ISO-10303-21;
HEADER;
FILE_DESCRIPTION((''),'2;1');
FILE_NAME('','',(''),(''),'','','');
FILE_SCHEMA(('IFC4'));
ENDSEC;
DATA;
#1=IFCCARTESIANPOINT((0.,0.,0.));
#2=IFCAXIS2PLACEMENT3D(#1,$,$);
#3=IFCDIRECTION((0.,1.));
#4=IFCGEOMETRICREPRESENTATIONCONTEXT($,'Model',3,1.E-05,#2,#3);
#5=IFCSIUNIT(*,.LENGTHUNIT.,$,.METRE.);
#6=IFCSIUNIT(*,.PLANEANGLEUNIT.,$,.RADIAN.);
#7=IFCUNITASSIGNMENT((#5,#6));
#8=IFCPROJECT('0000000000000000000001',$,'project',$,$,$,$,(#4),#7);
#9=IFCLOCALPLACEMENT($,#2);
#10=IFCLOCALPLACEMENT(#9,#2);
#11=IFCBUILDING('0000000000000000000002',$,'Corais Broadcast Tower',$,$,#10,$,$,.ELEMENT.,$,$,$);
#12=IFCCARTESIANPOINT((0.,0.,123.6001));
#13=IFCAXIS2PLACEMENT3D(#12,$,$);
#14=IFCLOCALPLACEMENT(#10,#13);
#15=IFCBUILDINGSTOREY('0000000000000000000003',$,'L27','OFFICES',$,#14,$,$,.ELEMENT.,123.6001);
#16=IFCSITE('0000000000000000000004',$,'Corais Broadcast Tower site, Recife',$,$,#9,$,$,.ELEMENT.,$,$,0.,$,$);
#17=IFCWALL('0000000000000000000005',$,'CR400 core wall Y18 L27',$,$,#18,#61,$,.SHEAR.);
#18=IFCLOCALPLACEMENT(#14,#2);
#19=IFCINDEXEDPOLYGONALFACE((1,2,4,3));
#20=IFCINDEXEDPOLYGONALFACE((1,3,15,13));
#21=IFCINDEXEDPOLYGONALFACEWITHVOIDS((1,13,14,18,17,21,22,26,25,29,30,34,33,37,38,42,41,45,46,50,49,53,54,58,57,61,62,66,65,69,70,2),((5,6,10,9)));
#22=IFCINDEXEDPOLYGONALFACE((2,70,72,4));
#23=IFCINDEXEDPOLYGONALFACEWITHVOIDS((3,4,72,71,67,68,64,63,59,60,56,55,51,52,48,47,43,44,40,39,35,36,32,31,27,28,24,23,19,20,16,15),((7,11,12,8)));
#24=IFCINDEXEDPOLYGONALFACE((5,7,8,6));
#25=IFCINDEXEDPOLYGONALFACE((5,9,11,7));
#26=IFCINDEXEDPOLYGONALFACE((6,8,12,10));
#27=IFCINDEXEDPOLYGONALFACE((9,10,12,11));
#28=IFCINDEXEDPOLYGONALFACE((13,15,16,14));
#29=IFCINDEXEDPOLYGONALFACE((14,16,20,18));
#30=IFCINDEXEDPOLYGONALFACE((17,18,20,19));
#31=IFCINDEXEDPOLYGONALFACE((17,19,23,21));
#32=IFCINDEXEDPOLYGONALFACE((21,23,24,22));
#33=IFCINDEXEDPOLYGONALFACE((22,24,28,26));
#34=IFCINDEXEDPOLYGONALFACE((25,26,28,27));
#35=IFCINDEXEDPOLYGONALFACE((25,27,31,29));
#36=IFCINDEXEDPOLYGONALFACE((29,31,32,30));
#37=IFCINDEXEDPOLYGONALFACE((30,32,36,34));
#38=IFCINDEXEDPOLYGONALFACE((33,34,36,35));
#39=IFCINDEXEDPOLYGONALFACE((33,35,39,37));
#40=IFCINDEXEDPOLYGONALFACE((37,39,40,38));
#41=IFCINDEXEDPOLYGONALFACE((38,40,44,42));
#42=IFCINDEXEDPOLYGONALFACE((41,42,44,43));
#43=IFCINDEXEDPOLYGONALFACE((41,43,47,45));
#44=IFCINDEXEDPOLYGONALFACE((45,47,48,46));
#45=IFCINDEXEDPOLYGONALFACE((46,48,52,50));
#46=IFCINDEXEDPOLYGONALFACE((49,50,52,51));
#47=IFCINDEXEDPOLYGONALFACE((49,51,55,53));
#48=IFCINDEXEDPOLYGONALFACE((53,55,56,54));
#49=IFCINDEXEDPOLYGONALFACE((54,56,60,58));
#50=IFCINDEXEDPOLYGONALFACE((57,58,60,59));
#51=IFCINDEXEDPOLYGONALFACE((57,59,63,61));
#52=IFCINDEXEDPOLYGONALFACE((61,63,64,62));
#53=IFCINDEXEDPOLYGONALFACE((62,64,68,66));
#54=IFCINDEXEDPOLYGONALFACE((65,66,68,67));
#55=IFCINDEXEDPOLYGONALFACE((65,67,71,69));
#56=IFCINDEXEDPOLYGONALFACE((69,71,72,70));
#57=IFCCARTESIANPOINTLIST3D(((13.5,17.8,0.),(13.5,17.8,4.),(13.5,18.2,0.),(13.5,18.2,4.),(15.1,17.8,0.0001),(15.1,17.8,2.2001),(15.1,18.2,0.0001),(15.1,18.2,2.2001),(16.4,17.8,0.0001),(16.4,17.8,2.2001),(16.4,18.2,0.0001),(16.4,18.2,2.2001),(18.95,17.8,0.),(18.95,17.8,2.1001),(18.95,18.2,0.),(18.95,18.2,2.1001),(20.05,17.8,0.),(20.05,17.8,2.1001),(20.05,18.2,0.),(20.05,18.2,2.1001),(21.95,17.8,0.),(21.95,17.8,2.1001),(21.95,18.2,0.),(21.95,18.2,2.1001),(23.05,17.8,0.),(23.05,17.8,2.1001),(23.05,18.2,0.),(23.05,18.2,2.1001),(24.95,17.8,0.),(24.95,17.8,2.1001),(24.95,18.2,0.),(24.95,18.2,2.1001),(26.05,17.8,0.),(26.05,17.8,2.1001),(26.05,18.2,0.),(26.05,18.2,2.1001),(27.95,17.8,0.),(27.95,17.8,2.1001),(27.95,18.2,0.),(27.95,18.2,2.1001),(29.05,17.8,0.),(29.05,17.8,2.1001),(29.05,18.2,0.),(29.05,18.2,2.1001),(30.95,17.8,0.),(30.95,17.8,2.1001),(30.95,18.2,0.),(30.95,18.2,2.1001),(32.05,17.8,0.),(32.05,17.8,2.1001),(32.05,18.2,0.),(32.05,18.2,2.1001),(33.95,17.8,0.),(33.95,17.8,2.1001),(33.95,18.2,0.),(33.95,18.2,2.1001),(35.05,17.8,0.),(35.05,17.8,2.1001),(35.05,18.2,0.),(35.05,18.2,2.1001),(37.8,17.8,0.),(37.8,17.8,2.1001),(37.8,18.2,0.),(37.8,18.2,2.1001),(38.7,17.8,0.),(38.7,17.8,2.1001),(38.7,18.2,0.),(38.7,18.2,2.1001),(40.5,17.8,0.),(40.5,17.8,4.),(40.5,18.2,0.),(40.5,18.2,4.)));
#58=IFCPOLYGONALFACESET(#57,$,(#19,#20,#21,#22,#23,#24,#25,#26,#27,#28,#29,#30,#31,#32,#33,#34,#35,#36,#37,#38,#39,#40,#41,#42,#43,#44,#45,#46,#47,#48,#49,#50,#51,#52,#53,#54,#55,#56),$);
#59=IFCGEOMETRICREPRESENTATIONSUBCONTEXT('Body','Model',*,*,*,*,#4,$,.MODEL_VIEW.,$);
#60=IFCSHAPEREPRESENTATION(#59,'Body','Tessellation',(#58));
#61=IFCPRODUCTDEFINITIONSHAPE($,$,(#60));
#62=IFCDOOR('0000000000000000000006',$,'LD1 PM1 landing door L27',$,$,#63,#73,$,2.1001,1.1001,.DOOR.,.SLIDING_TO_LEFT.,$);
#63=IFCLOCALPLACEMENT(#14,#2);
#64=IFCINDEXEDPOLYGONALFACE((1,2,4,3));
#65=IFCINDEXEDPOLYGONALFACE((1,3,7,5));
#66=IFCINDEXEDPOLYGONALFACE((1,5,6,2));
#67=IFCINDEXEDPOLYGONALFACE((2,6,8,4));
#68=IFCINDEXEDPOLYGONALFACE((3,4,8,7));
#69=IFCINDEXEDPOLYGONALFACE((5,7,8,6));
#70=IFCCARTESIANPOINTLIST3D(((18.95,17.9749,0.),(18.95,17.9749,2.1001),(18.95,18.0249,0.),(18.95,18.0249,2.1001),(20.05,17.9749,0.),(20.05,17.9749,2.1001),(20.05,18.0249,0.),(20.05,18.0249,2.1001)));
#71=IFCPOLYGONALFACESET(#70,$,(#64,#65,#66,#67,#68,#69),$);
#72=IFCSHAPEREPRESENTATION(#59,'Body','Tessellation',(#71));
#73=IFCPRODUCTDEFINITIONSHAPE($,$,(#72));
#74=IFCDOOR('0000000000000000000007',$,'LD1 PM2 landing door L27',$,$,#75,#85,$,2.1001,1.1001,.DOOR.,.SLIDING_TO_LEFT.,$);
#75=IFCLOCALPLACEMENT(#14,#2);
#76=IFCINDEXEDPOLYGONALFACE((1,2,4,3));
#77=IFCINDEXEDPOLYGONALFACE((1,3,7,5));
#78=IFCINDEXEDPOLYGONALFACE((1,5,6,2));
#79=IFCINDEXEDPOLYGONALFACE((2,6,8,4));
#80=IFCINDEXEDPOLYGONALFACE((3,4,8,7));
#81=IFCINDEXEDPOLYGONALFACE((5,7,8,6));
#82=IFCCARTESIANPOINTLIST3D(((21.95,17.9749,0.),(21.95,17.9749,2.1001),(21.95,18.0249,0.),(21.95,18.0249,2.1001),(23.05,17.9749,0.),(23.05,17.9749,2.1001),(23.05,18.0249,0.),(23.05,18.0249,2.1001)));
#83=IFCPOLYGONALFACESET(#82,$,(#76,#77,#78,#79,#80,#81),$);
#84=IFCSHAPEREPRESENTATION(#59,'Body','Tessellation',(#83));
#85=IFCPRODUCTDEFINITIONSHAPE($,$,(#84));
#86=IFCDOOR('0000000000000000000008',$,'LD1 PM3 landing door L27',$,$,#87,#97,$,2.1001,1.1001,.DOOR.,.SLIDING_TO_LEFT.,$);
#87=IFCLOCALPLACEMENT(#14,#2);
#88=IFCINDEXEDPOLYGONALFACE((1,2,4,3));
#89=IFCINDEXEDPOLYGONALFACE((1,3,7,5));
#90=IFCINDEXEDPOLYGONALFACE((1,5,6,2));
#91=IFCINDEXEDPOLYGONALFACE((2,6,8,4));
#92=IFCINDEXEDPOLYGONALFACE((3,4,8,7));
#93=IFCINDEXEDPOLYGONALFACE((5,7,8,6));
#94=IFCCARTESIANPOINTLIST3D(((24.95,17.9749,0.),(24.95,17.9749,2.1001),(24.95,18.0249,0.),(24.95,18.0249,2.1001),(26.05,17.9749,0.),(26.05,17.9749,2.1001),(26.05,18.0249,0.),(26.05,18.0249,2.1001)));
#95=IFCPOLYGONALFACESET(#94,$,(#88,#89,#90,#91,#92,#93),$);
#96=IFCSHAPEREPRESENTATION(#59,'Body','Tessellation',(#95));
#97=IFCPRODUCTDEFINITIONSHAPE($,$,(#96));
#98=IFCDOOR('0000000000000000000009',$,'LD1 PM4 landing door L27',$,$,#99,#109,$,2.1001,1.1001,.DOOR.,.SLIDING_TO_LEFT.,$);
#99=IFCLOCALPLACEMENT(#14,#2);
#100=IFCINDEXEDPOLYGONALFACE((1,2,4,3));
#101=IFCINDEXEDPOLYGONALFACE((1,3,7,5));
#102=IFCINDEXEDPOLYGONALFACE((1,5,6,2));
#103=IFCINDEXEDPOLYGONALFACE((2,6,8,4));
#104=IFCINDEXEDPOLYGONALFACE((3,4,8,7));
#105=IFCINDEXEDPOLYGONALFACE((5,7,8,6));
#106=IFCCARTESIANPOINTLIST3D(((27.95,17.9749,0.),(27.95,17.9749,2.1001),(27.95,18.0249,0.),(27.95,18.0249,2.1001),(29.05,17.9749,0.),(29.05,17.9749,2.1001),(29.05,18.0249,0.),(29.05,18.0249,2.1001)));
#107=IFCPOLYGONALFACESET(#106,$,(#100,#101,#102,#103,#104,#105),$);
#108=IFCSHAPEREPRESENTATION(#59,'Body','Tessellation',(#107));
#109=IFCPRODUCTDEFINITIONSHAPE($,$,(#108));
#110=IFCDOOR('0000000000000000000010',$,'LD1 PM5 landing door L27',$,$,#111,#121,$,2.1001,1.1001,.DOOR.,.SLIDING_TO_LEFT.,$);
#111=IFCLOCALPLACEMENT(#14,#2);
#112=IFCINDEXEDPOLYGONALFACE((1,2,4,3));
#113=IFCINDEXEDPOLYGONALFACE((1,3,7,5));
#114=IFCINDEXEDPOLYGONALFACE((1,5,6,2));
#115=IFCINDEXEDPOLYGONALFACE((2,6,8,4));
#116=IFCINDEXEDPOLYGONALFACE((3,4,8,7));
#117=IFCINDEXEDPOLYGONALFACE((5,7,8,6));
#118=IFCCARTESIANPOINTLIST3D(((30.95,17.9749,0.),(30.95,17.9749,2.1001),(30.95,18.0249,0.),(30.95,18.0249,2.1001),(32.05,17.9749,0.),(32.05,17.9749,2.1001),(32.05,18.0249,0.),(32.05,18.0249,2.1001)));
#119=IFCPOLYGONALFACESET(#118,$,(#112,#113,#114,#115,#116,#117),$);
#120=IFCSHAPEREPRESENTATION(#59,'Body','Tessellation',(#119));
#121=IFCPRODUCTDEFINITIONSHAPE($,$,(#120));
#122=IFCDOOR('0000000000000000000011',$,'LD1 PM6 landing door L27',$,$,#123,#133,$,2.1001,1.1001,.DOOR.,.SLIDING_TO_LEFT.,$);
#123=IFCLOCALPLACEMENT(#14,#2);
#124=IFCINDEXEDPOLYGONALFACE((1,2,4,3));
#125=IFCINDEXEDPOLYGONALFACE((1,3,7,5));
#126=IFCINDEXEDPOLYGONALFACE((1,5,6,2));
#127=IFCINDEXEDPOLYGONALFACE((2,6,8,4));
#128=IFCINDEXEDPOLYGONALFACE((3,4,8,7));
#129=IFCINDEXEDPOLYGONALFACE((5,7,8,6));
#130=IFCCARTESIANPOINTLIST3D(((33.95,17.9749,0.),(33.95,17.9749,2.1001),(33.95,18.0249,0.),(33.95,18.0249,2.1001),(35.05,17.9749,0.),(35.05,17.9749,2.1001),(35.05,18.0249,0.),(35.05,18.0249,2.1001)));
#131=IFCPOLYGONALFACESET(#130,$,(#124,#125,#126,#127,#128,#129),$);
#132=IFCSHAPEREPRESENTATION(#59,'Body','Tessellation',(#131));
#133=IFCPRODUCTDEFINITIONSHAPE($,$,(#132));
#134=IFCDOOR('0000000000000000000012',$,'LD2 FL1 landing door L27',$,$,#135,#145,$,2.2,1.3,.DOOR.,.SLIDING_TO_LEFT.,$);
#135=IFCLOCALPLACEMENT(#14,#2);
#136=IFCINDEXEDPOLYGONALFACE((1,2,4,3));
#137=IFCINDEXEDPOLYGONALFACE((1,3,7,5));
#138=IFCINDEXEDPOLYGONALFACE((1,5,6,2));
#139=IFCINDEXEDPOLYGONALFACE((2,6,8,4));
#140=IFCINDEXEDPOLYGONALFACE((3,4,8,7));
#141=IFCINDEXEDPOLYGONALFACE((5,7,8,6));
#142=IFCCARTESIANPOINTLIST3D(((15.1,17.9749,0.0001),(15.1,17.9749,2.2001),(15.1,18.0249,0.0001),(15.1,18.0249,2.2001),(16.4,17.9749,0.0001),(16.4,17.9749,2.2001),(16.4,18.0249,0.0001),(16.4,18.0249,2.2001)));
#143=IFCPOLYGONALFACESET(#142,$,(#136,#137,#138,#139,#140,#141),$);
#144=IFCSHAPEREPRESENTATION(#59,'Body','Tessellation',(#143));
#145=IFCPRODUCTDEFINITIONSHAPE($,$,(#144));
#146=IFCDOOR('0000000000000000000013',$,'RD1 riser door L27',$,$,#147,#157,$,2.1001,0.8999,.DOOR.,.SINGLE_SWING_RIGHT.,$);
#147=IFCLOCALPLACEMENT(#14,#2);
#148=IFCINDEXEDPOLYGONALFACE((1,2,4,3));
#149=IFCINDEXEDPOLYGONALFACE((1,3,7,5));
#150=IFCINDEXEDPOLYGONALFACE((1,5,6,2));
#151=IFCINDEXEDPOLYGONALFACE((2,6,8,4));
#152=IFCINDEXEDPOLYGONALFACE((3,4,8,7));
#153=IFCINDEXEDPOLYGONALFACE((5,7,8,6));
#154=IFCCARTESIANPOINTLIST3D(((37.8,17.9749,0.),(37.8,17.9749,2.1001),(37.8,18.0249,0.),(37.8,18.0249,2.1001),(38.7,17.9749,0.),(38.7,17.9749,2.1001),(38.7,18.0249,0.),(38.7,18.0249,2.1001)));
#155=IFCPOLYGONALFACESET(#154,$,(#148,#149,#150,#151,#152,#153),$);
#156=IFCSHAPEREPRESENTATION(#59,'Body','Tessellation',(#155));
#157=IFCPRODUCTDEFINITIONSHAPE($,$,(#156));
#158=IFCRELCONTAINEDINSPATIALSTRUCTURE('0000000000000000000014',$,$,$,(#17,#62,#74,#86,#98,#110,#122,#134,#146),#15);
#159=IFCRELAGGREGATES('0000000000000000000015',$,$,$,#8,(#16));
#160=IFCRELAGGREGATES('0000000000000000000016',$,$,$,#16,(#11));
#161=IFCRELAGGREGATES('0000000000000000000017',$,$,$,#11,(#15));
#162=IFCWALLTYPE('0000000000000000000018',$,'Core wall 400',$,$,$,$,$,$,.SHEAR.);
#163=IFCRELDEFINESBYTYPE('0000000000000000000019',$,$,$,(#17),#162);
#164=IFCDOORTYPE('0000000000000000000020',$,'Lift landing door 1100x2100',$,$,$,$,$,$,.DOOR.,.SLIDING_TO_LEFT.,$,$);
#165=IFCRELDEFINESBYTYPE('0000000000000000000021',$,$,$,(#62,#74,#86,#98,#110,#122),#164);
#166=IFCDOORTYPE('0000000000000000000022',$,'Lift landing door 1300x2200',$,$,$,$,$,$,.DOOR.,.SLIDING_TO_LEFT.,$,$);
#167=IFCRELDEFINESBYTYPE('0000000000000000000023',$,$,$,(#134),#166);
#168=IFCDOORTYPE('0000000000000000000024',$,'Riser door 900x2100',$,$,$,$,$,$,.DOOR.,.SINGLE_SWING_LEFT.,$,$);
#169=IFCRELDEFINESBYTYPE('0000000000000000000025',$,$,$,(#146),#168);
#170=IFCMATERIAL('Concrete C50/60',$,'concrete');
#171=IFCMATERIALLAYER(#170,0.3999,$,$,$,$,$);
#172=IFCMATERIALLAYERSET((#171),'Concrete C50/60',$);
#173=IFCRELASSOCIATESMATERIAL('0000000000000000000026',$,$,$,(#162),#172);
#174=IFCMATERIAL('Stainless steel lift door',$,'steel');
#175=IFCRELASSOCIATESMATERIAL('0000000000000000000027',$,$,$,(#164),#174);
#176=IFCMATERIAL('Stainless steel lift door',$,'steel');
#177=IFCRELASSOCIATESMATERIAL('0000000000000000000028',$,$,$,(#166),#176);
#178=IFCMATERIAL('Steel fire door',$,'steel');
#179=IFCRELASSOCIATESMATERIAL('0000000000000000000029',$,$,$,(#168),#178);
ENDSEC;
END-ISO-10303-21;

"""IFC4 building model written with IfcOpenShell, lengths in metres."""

from ifc_helpers import new_model, si_unit, direction, frame, frame_2d, origin, place, context, subcontext, project, spatial, rectangle, extrude, material, layer, layer_set, type_object, element, fill, save


model = new_model("IFC4")

# Units and contexts
model_context = context("Model", 3, precision=1e-05, world=origin(), true_north=direction((0.0, 1.0)))
body_context = subcontext(model_context, "Body", "Model", "MODEL_VIEW")
ifc_project = project(units=[si_unit("LENGTHUNIT", "METRE"), si_unit("PLANEANGLEUNIT", "RADIAN")], contexts=[model_context])

# Site, building, storey
site_placement = place(None, origin())
site = spatial("IfcSite", under=ifc_project, at=site_placement, Name="Corais Broadcast Tower site, Recife", CompositionType="ELEMENT", RefElevation=0.0)
building_placement = place(site_placement, origin())
building = spatial("IfcBuilding", under=site, at=building_placement, Name="Corais Broadcast Tower", CompositionType="ELEMENT")
storey_placement = place(building_placement, frame((0.0, 0.0, 123.6001)))
storey = spatial("IfcBuildingStorey", under=building, at=storey_placement, Name="L27", Description="OFFICES", CompositionType="ELEMENT", Elevation=123.6001)

# Wall, openings, doors
ifc_material_1 = material(Name="Concrete C50/60", Category="concrete")
ifc_layer_1 = layer(ifc_material_1, 0.3999)
ifc_layer_set_1 = layer_set([ifc_layer_1], Name="Concrete C50/60")
wall_type_1 = type_object("IfcWallType", Name="Core wall 400", PredefinedType="SHEAR", material=ifc_layer_set_1)
wall_1_placement = place(storey_placement, frame((13.5, 18.0, 0.0), z_axis=(0.0, 0.0, 1.0), x_axis=(1.0, 0.0, 0.0)))
wall_1 = element("IfcWall", 1, at=wall_1_placement, inside=storey, type_object=wall_type_1, Name="CR400 core wall Y18 L27", PredefinedType="SHEAR", context=body_context, shape_type="SweptSolid", body=[
    extrude(rectangle(XDim=27.0, YDim=0.3999, at=frame_2d((13.5, 0.0))), origin(), (0.0, 0.0, 1.0), 4.0),
])
opening_1_placement = place(wall_1_placement, frame((24.3, 0.0, 0.0)))
opening_1 = element("IfcOpeningElement", 2, at=opening_1_placement, cuts=wall_1, PredefinedType="OPENING", context=body_context, shape_type="SweptSolid", body=[
    extrude(rectangle(XDim=0.8999, YDim=2.1001, at=frame_2d((0.45, 1.05))), frame((0.0, 0.21, 0.0), z_axis=(0.0, -1.0, 0.0), x_axis=(1.0, 0.0, 0.0)), (0.0, 0.0, 1.0), 0.4199),
])
opening_2_placement = place(wall_1_placement, frame((5.45, 0.0, 0.0)))
opening_2 = element("IfcOpeningElement", 3, at=opening_2_placement, cuts=wall_1, PredefinedType="OPENING", context=body_context, shape_type="SweptSolid", body=[
    extrude(rectangle(XDim=1.1001, YDim=2.1001, at=frame_2d((0.55, 1.05))), frame((0.0, 0.21, 0.0), z_axis=(0.0, -1.0, 0.0), x_axis=(1.0, 0.0, 0.0)), (0.0, 0.0, 1.0), 0.4199),
])
opening_3_placement = place(wall_1_placement, frame((8.45, 0.0, 0.0)))
opening_3 = element("IfcOpeningElement", 4, at=opening_3_placement, cuts=wall_1, PredefinedType="OPENING", context=body_context, shape_type="SweptSolid", body=[
    extrude(rectangle(XDim=1.1001, YDim=2.1001, at=frame_2d((0.55, 1.05))), frame((0.0, 0.21, 0.0), z_axis=(0.0, -1.0, 0.0), x_axis=(1.0, 0.0, 0.0)), (0.0, 0.0, 1.0), 0.4199),
])
opening_4_placement = place(wall_1_placement, frame((11.45, 0.0, 0.0)))
opening_4 = element("IfcOpeningElement", 5, at=opening_4_placement, cuts=wall_1, PredefinedType="OPENING", context=body_context, shape_type="SweptSolid", body=[
    extrude(rectangle(XDim=1.1001, YDim=2.1001, at=frame_2d((0.55, 1.05))), frame((0.0, 0.21, 0.0), z_axis=(0.0, -1.0, 0.0), x_axis=(1.0, 0.0, 0.0)), (0.0, 0.0, 1.0), 0.4199),
])
opening_5_placement = place(wall_1_placement, frame((14.45, 0.0, 0.0)))
opening_5 = element("IfcOpeningElement", 6, at=opening_5_placement, cuts=wall_1, PredefinedType="OPENING", context=body_context, shape_type="SweptSolid", body=[
    extrude(rectangle(XDim=1.1001, YDim=2.1001, at=frame_2d((0.55, 1.05))), frame((0.0, 0.21, 0.0), z_axis=(0.0, -1.0, 0.0), x_axis=(1.0, 0.0, 0.0)), (0.0, 0.0, 1.0), 0.4199),
])
opening_6_placement = place(wall_1_placement, frame((17.45, 0.0, 0.0)))
opening_6 = element("IfcOpeningElement", 7, at=opening_6_placement, cuts=wall_1, PredefinedType="OPENING", context=body_context, shape_type="SweptSolid", body=[
    extrude(rectangle(XDim=1.1001, YDim=2.1001, at=frame_2d((0.55, 1.05))), frame((0.0, 0.21, 0.0), z_axis=(0.0, -1.0, 0.0), x_axis=(1.0, 0.0, 0.0)), (0.0, 0.0, 1.0), 0.4199),
])
opening_7_placement = place(wall_1_placement, frame((20.45, 0.0, 0.0)))
opening_7 = element("IfcOpeningElement", 8, at=opening_7_placement, cuts=wall_1, PredefinedType="OPENING", context=body_context, shape_type="SweptSolid", body=[
    extrude(rectangle(XDim=1.1001, YDim=2.1001, at=frame_2d((0.55, 1.05))), frame((0.0, 0.21, 0.0), z_axis=(0.0, -1.0, 0.0), x_axis=(1.0, 0.0, 0.0)), (0.0, 0.0, 1.0), 0.4199),
])
opening_8_placement = place(wall_1_placement, frame((1.6001, 0.0, 0.0)))
opening_8 = element("IfcOpeningElement", 9, at=opening_8_placement, cuts=wall_1, PredefinedType="OPENING", context=body_context, shape_type="SweptSolid", body=[
    extrude(rectangle(XDim=1.3, YDim=2.2, at=frame_2d((0.6499, 1.1001))), frame((0.0, 0.21, 0.0), z_axis=(0.0, -1.0, 0.0), x_axis=(1.0, 0.0, 0.0)), (0.0, 0.0, 1.0), 0.4199),
])
ifc_material_2 = material(Name="Stainless steel lift door", Category="steel")
door_type_1 = type_object("IfcDoorType", Name="Lift landing door 1100x2100", OperationType="SLIDING_TO_LEFT", PredefinedType="DOOR", material=ifc_material_2)
door_1_placement = place(opening_2_placement, origin())
door_1 = element("IfcDoor", 10, at=door_1_placement, inside=storey, type_object=door_type_1, Name="LD1 PM1 landing door L27", OperationType="SLIDING_TO_LEFT", OverallHeight=2.1001, OverallWidth=1.1001, PredefinedType="DOOR", context=body_context, shape_type="SweptSolid", body=[
    extrude(rectangle(XDim=1.1001, YDim=2.1001, at=frame_2d((0.55, 1.05))), frame((0.0, 0.0249, 0.0), z_axis=(0.0, -1.0, 0.0), x_axis=(1.0, 0.0, 0.0)), (0.0, 0.0, 1.0), 0.05),
])
fill(opening_2, door_1)
door_2_placement = place(opening_3_placement, origin())
door_2 = element("IfcDoor", 11, at=door_2_placement, inside=storey, type_object=door_type_1, Name="LD1 PM2 landing door L27", OperationType="SLIDING_TO_LEFT", OverallHeight=2.1001, OverallWidth=1.1001, PredefinedType="DOOR", context=body_context, shape_type="SweptSolid", body=[
    extrude(rectangle(XDim=1.1001, YDim=2.1001, at=frame_2d((0.55, 1.05))), frame((0.0, 0.0249, 0.0), z_axis=(0.0, -1.0, 0.0), x_axis=(1.0, 0.0, 0.0)), (0.0, 0.0, 1.0), 0.05),
])
fill(opening_3, door_2)
door_3_placement = place(opening_4_placement, origin())
door_3 = element("IfcDoor", 12, at=door_3_placement, inside=storey, type_object=door_type_1, Name="LD1 PM3 landing door L27", OperationType="SLIDING_TO_LEFT", OverallHeight=2.1001, OverallWidth=1.1001, PredefinedType="DOOR", context=body_context, shape_type="SweptSolid", body=[
    extrude(rectangle(XDim=1.1001, YDim=2.1001, at=frame_2d((0.55, 1.05))), frame((0.0, 0.0249, 0.0), z_axis=(0.0, -1.0, 0.0), x_axis=(1.0, 0.0, 0.0)), (0.0, 0.0, 1.0), 0.05),
])
fill(opening_4, door_3)
door_4_placement = place(opening_5_placement, origin())
door_4 = element("IfcDoor", 13, at=door_4_placement, inside=storey, type_object=door_type_1, Name="LD1 PM4 landing door L27", OperationType="SLIDING_TO_LEFT", OverallHeight=2.1001, OverallWidth=1.1001, PredefinedType="DOOR", context=body_context, shape_type="SweptSolid", body=[
    extrude(rectangle(XDim=1.1001, YDim=2.1001, at=frame_2d((0.55, 1.05))), frame((0.0, 0.0249, 0.0), z_axis=(0.0, -1.0, 0.0), x_axis=(1.0, 0.0, 0.0)), (0.0, 0.0, 1.0), 0.05),
])
fill(opening_5, door_4)
door_5_placement = place(opening_6_placement, origin())
door_5 = element("IfcDoor", 14, at=door_5_placement, inside=storey, type_object=door_type_1, Name="LD1 PM5 landing door L27", OperationType="SLIDING_TO_LEFT", OverallHeight=2.1001, OverallWidth=1.1001, PredefinedType="DOOR", context=body_context, shape_type="SweptSolid", body=[
    extrude(rectangle(XDim=1.1001, YDim=2.1001, at=frame_2d((0.55, 1.05))), frame((0.0, 0.0249, 0.0), z_axis=(0.0, -1.0, 0.0), x_axis=(1.0, 0.0, 0.0)), (0.0, 0.0, 1.0), 0.05),
])
fill(opening_6, door_5)
door_6_placement = place(opening_7_placement, origin())
door_6 = element("IfcDoor", 15, at=door_6_placement, inside=storey, type_object=door_type_1, Name="LD1 PM6 landing door L27", OperationType="SLIDING_TO_LEFT", OverallHeight=2.1001, OverallWidth=1.1001, PredefinedType="DOOR", context=body_context, shape_type="SweptSolid", body=[
    extrude(rectangle(XDim=1.1001, YDim=2.1001, at=frame_2d((0.55, 1.05))), frame((0.0, 0.0249, 0.0), z_axis=(0.0, -1.0, 0.0), x_axis=(1.0, 0.0, 0.0)), (0.0, 0.0, 1.0), 0.05),
])
fill(opening_7, door_6)
ifc_material_3 = material(Name="Stainless steel lift door", Category="steel")
door_type_2 = type_object("IfcDoorType", Name="Lift landing door 1300x2200", OperationType="SLIDING_TO_LEFT", PredefinedType="DOOR", material=ifc_material_3)
door_7_placement = place(opening_8_placement, origin())
door_7 = element("IfcDoor", 16, at=door_7_placement, inside=storey, type_object=door_type_2, Name="LD2 FL1 landing door L27", OperationType="SLIDING_TO_LEFT", OverallHeight=2.2, OverallWidth=1.3, PredefinedType="DOOR", context=body_context, shape_type="SweptSolid", body=[
    extrude(rectangle(XDim=1.3, YDim=2.2, at=frame_2d((0.6499, 1.1001))), frame((0.0, 0.0249, 0.0), z_axis=(0.0, -1.0, 0.0), x_axis=(1.0, 0.0, 0.0)), (0.0, 0.0, 1.0), 0.05),
])
fill(opening_8, door_7)
ifc_material_4 = material(Name="Steel fire door", Category="steel")
door_type_3 = type_object("IfcDoorType", Name="Riser door 900x2100", OperationType="SINGLE_SWING_LEFT", PredefinedType="DOOR", material=ifc_material_4)
door_8_placement = place(opening_1_placement, origin())
door_8 = element("IfcDoor", 17, at=door_8_placement, inside=storey, type_object=door_type_3, Name="RD1 riser door L27", OperationType="SINGLE_SWING_RIGHT", OverallHeight=2.1001, OverallWidth=0.8999, PredefinedType="DOOR", context=body_context, shape_type="SweptSolid", body=[
    extrude(rectangle(XDim=0.8999, YDim=2.1001, at=frame_2d((0.45, 1.05))), frame((0.0, 0.0249, 0.0), z_axis=(0.0, -1.0, 0.0), x_axis=(1.0, 0.0, 0.0)), (0.0, 0.0, 1.0), 0.05),
])
fill(opening_1, door_8)

save(model, "model.ifc")
